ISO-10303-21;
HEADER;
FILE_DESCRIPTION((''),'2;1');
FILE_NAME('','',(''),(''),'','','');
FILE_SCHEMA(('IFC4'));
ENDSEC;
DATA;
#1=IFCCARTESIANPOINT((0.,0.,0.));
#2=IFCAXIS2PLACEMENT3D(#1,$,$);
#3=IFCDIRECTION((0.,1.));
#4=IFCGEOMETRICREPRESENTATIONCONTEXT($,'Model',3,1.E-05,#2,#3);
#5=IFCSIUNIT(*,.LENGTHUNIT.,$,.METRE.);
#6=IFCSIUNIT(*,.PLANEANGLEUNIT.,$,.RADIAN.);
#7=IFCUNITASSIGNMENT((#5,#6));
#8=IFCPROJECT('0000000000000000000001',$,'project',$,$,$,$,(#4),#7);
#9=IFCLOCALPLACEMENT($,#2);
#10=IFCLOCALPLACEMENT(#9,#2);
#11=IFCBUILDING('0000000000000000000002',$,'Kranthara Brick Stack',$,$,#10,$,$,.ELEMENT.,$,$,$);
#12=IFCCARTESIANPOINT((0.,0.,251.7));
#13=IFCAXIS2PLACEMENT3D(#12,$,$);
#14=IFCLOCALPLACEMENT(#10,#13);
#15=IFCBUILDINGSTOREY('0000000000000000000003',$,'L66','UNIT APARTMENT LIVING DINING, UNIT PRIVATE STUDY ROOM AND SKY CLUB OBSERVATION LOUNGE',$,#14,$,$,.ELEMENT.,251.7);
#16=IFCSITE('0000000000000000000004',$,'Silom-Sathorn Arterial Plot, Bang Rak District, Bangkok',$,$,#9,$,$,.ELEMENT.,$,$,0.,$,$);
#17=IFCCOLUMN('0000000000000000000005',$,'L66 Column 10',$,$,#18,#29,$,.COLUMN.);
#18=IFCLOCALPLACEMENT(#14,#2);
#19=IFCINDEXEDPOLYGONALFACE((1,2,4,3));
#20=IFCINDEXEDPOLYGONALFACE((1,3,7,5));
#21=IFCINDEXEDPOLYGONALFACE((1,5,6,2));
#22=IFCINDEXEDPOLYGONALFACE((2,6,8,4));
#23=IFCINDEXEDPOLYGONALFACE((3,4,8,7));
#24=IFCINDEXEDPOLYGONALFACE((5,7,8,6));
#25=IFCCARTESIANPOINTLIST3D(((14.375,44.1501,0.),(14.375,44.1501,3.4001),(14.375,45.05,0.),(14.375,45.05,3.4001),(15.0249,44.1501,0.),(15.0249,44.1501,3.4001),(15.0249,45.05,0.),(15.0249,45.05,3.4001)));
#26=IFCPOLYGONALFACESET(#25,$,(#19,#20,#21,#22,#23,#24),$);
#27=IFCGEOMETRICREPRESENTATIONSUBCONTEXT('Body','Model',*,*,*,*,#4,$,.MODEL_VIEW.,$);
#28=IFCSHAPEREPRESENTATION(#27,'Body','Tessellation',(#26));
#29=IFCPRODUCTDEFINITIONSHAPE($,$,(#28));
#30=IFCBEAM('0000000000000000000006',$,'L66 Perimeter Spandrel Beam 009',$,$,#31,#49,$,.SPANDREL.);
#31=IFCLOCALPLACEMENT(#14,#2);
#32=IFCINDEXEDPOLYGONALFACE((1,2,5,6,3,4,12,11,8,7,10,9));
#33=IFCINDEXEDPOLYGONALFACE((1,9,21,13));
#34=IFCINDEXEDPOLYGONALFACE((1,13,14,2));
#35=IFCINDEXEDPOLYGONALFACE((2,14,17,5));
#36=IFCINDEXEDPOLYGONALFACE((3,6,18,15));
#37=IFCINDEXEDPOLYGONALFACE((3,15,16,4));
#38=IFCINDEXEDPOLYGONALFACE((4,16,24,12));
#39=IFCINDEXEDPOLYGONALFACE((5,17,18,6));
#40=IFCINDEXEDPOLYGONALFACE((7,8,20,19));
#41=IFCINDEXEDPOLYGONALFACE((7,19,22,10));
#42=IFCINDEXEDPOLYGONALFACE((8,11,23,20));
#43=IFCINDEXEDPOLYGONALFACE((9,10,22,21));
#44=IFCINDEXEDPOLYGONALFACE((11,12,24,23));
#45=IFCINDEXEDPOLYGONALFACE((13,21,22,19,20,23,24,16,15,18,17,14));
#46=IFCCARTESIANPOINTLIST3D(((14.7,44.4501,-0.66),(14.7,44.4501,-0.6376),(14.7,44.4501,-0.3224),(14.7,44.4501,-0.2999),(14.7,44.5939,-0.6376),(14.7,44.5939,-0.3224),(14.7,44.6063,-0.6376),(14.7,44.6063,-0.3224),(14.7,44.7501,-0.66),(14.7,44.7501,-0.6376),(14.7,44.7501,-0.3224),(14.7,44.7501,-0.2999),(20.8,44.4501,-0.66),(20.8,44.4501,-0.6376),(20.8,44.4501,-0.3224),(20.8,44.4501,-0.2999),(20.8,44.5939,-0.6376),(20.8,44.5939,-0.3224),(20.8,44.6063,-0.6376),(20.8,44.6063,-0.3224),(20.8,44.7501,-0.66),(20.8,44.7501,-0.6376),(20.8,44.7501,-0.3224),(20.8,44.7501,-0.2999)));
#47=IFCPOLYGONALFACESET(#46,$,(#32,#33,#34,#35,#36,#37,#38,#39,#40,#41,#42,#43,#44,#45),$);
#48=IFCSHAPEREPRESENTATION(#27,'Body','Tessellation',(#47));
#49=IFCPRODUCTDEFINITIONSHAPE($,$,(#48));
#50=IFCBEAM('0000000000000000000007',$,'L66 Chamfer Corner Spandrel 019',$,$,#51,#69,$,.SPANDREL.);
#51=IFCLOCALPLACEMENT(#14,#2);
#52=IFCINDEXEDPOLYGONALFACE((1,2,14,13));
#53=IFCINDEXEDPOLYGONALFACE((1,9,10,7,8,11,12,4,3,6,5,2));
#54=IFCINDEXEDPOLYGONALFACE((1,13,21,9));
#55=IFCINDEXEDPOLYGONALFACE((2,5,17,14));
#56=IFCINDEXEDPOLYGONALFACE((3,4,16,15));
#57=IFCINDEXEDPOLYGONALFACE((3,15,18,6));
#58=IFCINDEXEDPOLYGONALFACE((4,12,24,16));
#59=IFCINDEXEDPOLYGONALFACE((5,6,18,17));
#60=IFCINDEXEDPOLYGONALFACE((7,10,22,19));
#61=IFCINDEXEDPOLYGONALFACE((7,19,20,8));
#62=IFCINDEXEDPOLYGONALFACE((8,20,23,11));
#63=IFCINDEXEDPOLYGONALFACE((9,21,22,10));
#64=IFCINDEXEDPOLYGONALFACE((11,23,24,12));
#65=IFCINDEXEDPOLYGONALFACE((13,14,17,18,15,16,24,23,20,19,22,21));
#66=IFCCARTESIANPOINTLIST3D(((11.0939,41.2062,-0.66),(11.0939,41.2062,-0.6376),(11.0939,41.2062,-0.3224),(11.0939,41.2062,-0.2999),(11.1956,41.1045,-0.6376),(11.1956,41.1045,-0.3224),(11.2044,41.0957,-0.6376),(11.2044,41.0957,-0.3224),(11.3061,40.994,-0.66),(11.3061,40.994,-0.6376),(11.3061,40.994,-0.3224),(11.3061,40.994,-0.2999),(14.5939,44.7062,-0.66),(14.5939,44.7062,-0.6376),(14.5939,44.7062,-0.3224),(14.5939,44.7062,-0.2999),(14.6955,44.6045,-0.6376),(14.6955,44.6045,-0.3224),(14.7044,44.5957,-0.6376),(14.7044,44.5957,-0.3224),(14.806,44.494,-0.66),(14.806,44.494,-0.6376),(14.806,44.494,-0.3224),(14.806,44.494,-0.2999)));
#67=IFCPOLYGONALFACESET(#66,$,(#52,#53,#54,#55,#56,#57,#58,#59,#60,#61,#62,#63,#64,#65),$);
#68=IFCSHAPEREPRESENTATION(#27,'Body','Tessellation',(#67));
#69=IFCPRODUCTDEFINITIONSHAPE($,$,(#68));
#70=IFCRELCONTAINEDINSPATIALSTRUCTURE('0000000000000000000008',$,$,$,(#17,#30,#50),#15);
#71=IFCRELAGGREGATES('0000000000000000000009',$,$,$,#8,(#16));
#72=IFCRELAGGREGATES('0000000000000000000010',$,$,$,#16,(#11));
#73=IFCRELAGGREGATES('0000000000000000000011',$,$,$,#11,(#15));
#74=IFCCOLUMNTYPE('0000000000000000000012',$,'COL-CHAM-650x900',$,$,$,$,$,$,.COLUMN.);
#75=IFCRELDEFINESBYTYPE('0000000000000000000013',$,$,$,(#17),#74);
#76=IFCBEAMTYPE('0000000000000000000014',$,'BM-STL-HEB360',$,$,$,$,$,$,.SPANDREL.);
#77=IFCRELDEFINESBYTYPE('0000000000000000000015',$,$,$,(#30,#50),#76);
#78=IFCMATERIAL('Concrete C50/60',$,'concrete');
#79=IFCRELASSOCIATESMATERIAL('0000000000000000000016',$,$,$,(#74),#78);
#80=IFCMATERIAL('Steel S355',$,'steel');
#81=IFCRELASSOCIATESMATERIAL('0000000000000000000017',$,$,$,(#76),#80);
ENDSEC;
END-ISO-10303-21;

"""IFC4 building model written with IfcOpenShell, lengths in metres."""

from ifc_helpers import new_model, si_unit, direction, frame, origin, origin_2d, place, context, subcontext, project, spatial, rectangle, i_section, extrude, material, material_profile, profile_set, type_object, element, save


model = new_model("IFC4")

# Units and contexts
model_context = context("Model", 3, precision=1e-05, world=origin(), true_north=direction((0.0, 1.0)))
body_context = subcontext(model_context, "Body", "Model", "MODEL_VIEW")
ifc_project = project(units=[si_unit("LENGTHUNIT", "METRE"), si_unit("PLANEANGLEUNIT", "RADIAN")], contexts=[model_context])

# Site, building, storey
site_placement = place(None, origin())
site = spatial("IfcSite", under=ifc_project, at=site_placement, Name="Silom-Sathorn Arterial Plot, Bang Rak District, Bangkok", CompositionType="ELEMENT", RefElevation=0.0)
building_placement = place(site_placement, origin())
building = spatial("IfcBuilding", under=site, at=building_placement, Name="Kranthara Brick Stack", CompositionType="ELEMENT")
storey_placement = place(building_placement, frame((0.0, 0.0, 251.7)))
storey = spatial("IfcBuildingStorey", under=building, at=storey_placement, Name="L66", Description="UNIT APARTMENT LIVING DINING, UNIT PRIVATE STUDY ROOM AND SKY CLUB OBSERVATION LOUNGE", CompositionType="ELEMENT", Elevation=251.7)

# Column
ifc_material_1 = material(Name="Concrete C50/60", Category="concrete")
ifc_material_profile_1 = material_profile(ifc_material_1, rectangle(XDim=0.6499, YDim=0.8999, at=origin_2d()), Name="RC 650x900")
ifc_profile_set_1 = profile_set([ifc_material_profile_1], Name="Concrete C50/60")
column_type = type_object("IfcColumnType", Name="COL-CHAM-650x900", PredefinedType="COLUMN", material=ifc_profile_set_1)
column_placement = place(storey_placement, frame((14.7, 44.6001, 0.0), z_axis=(0.0, 0.0, 1.0), x_axis=(1.0, 0.0, 0.0)))
element("IfcColumn", 1, at=column_placement, inside=storey, type_object=column_type, Name="L66 Column 10", PredefinedType="COLUMN", context=body_context, shape_type="SweptSolid", body=[
    extrude(rectangle(XDim=0.6499, YDim=0.8999, at=origin_2d()), origin(), (0.0, 0.0, 1.0), 3.4001),
])

# Beams
ifc_material_2 = material(Name="Steel S355", Category="steel")
ifc_material_profile_2 = material_profile(ifc_material_2, i_section(OverallWidth=0.3, OverallDepth=0.3601, WebThickness=0.0125, FlangeThickness=0.0225, at=origin_2d()), Name="HEB 360")
ifc_profile_set_2 = profile_set([ifc_material_profile_2], Name="Steel S355")
beam_type = type_object("IfcBeamType", Name="BM-STL-HEB360", PredefinedType="SPANDREL", material=ifc_profile_set_2)
beam_1_placement = place(storey_placement, frame((14.7, 44.6001, -0.48), z_axis=(1.0, 0.0, 0.0), x_axis=(0.0, 1.0, 0.0)))
element("IfcBeam", 2, at=beam_1_placement, inside=storey, type_object=beam_type, Name="L66 Perimeter Spandrel Beam 009", PredefinedType="SPANDREL", context=body_context, shape_type="SweptSolid", body=[
    extrude(i_section(OverallWidth=0.3, OverallDepth=0.3601, WebThickness=0.0125, FlangeThickness=0.0225, at=origin_2d()), origin(), (0.0, 0.0, 1.0), 6.1001),
])
beam_2_placement = place(storey_placement, frame((14.7, 44.6001, -0.48), z_axis=(-0.707107, -0.707107, 0.0), x_axis=(0.707107, -0.707107, 0.0)))
element("IfcBeam", 3, at=beam_2_placement, inside=storey, type_object=beam_type, Name="L66 Chamfer Corner Spandrel 019", PredefinedType="SPANDREL", context=body_context, shape_type="SweptSolid", body=[
    extrude(i_section(OverallWidth=0.3, OverallDepth=0.3601, WebThickness=0.0125, FlangeThickness=0.0225, at=origin_2d()), origin(), (0.0, 0.0, 1.0), 4.9497),
])

save(model, "model.ifc")
